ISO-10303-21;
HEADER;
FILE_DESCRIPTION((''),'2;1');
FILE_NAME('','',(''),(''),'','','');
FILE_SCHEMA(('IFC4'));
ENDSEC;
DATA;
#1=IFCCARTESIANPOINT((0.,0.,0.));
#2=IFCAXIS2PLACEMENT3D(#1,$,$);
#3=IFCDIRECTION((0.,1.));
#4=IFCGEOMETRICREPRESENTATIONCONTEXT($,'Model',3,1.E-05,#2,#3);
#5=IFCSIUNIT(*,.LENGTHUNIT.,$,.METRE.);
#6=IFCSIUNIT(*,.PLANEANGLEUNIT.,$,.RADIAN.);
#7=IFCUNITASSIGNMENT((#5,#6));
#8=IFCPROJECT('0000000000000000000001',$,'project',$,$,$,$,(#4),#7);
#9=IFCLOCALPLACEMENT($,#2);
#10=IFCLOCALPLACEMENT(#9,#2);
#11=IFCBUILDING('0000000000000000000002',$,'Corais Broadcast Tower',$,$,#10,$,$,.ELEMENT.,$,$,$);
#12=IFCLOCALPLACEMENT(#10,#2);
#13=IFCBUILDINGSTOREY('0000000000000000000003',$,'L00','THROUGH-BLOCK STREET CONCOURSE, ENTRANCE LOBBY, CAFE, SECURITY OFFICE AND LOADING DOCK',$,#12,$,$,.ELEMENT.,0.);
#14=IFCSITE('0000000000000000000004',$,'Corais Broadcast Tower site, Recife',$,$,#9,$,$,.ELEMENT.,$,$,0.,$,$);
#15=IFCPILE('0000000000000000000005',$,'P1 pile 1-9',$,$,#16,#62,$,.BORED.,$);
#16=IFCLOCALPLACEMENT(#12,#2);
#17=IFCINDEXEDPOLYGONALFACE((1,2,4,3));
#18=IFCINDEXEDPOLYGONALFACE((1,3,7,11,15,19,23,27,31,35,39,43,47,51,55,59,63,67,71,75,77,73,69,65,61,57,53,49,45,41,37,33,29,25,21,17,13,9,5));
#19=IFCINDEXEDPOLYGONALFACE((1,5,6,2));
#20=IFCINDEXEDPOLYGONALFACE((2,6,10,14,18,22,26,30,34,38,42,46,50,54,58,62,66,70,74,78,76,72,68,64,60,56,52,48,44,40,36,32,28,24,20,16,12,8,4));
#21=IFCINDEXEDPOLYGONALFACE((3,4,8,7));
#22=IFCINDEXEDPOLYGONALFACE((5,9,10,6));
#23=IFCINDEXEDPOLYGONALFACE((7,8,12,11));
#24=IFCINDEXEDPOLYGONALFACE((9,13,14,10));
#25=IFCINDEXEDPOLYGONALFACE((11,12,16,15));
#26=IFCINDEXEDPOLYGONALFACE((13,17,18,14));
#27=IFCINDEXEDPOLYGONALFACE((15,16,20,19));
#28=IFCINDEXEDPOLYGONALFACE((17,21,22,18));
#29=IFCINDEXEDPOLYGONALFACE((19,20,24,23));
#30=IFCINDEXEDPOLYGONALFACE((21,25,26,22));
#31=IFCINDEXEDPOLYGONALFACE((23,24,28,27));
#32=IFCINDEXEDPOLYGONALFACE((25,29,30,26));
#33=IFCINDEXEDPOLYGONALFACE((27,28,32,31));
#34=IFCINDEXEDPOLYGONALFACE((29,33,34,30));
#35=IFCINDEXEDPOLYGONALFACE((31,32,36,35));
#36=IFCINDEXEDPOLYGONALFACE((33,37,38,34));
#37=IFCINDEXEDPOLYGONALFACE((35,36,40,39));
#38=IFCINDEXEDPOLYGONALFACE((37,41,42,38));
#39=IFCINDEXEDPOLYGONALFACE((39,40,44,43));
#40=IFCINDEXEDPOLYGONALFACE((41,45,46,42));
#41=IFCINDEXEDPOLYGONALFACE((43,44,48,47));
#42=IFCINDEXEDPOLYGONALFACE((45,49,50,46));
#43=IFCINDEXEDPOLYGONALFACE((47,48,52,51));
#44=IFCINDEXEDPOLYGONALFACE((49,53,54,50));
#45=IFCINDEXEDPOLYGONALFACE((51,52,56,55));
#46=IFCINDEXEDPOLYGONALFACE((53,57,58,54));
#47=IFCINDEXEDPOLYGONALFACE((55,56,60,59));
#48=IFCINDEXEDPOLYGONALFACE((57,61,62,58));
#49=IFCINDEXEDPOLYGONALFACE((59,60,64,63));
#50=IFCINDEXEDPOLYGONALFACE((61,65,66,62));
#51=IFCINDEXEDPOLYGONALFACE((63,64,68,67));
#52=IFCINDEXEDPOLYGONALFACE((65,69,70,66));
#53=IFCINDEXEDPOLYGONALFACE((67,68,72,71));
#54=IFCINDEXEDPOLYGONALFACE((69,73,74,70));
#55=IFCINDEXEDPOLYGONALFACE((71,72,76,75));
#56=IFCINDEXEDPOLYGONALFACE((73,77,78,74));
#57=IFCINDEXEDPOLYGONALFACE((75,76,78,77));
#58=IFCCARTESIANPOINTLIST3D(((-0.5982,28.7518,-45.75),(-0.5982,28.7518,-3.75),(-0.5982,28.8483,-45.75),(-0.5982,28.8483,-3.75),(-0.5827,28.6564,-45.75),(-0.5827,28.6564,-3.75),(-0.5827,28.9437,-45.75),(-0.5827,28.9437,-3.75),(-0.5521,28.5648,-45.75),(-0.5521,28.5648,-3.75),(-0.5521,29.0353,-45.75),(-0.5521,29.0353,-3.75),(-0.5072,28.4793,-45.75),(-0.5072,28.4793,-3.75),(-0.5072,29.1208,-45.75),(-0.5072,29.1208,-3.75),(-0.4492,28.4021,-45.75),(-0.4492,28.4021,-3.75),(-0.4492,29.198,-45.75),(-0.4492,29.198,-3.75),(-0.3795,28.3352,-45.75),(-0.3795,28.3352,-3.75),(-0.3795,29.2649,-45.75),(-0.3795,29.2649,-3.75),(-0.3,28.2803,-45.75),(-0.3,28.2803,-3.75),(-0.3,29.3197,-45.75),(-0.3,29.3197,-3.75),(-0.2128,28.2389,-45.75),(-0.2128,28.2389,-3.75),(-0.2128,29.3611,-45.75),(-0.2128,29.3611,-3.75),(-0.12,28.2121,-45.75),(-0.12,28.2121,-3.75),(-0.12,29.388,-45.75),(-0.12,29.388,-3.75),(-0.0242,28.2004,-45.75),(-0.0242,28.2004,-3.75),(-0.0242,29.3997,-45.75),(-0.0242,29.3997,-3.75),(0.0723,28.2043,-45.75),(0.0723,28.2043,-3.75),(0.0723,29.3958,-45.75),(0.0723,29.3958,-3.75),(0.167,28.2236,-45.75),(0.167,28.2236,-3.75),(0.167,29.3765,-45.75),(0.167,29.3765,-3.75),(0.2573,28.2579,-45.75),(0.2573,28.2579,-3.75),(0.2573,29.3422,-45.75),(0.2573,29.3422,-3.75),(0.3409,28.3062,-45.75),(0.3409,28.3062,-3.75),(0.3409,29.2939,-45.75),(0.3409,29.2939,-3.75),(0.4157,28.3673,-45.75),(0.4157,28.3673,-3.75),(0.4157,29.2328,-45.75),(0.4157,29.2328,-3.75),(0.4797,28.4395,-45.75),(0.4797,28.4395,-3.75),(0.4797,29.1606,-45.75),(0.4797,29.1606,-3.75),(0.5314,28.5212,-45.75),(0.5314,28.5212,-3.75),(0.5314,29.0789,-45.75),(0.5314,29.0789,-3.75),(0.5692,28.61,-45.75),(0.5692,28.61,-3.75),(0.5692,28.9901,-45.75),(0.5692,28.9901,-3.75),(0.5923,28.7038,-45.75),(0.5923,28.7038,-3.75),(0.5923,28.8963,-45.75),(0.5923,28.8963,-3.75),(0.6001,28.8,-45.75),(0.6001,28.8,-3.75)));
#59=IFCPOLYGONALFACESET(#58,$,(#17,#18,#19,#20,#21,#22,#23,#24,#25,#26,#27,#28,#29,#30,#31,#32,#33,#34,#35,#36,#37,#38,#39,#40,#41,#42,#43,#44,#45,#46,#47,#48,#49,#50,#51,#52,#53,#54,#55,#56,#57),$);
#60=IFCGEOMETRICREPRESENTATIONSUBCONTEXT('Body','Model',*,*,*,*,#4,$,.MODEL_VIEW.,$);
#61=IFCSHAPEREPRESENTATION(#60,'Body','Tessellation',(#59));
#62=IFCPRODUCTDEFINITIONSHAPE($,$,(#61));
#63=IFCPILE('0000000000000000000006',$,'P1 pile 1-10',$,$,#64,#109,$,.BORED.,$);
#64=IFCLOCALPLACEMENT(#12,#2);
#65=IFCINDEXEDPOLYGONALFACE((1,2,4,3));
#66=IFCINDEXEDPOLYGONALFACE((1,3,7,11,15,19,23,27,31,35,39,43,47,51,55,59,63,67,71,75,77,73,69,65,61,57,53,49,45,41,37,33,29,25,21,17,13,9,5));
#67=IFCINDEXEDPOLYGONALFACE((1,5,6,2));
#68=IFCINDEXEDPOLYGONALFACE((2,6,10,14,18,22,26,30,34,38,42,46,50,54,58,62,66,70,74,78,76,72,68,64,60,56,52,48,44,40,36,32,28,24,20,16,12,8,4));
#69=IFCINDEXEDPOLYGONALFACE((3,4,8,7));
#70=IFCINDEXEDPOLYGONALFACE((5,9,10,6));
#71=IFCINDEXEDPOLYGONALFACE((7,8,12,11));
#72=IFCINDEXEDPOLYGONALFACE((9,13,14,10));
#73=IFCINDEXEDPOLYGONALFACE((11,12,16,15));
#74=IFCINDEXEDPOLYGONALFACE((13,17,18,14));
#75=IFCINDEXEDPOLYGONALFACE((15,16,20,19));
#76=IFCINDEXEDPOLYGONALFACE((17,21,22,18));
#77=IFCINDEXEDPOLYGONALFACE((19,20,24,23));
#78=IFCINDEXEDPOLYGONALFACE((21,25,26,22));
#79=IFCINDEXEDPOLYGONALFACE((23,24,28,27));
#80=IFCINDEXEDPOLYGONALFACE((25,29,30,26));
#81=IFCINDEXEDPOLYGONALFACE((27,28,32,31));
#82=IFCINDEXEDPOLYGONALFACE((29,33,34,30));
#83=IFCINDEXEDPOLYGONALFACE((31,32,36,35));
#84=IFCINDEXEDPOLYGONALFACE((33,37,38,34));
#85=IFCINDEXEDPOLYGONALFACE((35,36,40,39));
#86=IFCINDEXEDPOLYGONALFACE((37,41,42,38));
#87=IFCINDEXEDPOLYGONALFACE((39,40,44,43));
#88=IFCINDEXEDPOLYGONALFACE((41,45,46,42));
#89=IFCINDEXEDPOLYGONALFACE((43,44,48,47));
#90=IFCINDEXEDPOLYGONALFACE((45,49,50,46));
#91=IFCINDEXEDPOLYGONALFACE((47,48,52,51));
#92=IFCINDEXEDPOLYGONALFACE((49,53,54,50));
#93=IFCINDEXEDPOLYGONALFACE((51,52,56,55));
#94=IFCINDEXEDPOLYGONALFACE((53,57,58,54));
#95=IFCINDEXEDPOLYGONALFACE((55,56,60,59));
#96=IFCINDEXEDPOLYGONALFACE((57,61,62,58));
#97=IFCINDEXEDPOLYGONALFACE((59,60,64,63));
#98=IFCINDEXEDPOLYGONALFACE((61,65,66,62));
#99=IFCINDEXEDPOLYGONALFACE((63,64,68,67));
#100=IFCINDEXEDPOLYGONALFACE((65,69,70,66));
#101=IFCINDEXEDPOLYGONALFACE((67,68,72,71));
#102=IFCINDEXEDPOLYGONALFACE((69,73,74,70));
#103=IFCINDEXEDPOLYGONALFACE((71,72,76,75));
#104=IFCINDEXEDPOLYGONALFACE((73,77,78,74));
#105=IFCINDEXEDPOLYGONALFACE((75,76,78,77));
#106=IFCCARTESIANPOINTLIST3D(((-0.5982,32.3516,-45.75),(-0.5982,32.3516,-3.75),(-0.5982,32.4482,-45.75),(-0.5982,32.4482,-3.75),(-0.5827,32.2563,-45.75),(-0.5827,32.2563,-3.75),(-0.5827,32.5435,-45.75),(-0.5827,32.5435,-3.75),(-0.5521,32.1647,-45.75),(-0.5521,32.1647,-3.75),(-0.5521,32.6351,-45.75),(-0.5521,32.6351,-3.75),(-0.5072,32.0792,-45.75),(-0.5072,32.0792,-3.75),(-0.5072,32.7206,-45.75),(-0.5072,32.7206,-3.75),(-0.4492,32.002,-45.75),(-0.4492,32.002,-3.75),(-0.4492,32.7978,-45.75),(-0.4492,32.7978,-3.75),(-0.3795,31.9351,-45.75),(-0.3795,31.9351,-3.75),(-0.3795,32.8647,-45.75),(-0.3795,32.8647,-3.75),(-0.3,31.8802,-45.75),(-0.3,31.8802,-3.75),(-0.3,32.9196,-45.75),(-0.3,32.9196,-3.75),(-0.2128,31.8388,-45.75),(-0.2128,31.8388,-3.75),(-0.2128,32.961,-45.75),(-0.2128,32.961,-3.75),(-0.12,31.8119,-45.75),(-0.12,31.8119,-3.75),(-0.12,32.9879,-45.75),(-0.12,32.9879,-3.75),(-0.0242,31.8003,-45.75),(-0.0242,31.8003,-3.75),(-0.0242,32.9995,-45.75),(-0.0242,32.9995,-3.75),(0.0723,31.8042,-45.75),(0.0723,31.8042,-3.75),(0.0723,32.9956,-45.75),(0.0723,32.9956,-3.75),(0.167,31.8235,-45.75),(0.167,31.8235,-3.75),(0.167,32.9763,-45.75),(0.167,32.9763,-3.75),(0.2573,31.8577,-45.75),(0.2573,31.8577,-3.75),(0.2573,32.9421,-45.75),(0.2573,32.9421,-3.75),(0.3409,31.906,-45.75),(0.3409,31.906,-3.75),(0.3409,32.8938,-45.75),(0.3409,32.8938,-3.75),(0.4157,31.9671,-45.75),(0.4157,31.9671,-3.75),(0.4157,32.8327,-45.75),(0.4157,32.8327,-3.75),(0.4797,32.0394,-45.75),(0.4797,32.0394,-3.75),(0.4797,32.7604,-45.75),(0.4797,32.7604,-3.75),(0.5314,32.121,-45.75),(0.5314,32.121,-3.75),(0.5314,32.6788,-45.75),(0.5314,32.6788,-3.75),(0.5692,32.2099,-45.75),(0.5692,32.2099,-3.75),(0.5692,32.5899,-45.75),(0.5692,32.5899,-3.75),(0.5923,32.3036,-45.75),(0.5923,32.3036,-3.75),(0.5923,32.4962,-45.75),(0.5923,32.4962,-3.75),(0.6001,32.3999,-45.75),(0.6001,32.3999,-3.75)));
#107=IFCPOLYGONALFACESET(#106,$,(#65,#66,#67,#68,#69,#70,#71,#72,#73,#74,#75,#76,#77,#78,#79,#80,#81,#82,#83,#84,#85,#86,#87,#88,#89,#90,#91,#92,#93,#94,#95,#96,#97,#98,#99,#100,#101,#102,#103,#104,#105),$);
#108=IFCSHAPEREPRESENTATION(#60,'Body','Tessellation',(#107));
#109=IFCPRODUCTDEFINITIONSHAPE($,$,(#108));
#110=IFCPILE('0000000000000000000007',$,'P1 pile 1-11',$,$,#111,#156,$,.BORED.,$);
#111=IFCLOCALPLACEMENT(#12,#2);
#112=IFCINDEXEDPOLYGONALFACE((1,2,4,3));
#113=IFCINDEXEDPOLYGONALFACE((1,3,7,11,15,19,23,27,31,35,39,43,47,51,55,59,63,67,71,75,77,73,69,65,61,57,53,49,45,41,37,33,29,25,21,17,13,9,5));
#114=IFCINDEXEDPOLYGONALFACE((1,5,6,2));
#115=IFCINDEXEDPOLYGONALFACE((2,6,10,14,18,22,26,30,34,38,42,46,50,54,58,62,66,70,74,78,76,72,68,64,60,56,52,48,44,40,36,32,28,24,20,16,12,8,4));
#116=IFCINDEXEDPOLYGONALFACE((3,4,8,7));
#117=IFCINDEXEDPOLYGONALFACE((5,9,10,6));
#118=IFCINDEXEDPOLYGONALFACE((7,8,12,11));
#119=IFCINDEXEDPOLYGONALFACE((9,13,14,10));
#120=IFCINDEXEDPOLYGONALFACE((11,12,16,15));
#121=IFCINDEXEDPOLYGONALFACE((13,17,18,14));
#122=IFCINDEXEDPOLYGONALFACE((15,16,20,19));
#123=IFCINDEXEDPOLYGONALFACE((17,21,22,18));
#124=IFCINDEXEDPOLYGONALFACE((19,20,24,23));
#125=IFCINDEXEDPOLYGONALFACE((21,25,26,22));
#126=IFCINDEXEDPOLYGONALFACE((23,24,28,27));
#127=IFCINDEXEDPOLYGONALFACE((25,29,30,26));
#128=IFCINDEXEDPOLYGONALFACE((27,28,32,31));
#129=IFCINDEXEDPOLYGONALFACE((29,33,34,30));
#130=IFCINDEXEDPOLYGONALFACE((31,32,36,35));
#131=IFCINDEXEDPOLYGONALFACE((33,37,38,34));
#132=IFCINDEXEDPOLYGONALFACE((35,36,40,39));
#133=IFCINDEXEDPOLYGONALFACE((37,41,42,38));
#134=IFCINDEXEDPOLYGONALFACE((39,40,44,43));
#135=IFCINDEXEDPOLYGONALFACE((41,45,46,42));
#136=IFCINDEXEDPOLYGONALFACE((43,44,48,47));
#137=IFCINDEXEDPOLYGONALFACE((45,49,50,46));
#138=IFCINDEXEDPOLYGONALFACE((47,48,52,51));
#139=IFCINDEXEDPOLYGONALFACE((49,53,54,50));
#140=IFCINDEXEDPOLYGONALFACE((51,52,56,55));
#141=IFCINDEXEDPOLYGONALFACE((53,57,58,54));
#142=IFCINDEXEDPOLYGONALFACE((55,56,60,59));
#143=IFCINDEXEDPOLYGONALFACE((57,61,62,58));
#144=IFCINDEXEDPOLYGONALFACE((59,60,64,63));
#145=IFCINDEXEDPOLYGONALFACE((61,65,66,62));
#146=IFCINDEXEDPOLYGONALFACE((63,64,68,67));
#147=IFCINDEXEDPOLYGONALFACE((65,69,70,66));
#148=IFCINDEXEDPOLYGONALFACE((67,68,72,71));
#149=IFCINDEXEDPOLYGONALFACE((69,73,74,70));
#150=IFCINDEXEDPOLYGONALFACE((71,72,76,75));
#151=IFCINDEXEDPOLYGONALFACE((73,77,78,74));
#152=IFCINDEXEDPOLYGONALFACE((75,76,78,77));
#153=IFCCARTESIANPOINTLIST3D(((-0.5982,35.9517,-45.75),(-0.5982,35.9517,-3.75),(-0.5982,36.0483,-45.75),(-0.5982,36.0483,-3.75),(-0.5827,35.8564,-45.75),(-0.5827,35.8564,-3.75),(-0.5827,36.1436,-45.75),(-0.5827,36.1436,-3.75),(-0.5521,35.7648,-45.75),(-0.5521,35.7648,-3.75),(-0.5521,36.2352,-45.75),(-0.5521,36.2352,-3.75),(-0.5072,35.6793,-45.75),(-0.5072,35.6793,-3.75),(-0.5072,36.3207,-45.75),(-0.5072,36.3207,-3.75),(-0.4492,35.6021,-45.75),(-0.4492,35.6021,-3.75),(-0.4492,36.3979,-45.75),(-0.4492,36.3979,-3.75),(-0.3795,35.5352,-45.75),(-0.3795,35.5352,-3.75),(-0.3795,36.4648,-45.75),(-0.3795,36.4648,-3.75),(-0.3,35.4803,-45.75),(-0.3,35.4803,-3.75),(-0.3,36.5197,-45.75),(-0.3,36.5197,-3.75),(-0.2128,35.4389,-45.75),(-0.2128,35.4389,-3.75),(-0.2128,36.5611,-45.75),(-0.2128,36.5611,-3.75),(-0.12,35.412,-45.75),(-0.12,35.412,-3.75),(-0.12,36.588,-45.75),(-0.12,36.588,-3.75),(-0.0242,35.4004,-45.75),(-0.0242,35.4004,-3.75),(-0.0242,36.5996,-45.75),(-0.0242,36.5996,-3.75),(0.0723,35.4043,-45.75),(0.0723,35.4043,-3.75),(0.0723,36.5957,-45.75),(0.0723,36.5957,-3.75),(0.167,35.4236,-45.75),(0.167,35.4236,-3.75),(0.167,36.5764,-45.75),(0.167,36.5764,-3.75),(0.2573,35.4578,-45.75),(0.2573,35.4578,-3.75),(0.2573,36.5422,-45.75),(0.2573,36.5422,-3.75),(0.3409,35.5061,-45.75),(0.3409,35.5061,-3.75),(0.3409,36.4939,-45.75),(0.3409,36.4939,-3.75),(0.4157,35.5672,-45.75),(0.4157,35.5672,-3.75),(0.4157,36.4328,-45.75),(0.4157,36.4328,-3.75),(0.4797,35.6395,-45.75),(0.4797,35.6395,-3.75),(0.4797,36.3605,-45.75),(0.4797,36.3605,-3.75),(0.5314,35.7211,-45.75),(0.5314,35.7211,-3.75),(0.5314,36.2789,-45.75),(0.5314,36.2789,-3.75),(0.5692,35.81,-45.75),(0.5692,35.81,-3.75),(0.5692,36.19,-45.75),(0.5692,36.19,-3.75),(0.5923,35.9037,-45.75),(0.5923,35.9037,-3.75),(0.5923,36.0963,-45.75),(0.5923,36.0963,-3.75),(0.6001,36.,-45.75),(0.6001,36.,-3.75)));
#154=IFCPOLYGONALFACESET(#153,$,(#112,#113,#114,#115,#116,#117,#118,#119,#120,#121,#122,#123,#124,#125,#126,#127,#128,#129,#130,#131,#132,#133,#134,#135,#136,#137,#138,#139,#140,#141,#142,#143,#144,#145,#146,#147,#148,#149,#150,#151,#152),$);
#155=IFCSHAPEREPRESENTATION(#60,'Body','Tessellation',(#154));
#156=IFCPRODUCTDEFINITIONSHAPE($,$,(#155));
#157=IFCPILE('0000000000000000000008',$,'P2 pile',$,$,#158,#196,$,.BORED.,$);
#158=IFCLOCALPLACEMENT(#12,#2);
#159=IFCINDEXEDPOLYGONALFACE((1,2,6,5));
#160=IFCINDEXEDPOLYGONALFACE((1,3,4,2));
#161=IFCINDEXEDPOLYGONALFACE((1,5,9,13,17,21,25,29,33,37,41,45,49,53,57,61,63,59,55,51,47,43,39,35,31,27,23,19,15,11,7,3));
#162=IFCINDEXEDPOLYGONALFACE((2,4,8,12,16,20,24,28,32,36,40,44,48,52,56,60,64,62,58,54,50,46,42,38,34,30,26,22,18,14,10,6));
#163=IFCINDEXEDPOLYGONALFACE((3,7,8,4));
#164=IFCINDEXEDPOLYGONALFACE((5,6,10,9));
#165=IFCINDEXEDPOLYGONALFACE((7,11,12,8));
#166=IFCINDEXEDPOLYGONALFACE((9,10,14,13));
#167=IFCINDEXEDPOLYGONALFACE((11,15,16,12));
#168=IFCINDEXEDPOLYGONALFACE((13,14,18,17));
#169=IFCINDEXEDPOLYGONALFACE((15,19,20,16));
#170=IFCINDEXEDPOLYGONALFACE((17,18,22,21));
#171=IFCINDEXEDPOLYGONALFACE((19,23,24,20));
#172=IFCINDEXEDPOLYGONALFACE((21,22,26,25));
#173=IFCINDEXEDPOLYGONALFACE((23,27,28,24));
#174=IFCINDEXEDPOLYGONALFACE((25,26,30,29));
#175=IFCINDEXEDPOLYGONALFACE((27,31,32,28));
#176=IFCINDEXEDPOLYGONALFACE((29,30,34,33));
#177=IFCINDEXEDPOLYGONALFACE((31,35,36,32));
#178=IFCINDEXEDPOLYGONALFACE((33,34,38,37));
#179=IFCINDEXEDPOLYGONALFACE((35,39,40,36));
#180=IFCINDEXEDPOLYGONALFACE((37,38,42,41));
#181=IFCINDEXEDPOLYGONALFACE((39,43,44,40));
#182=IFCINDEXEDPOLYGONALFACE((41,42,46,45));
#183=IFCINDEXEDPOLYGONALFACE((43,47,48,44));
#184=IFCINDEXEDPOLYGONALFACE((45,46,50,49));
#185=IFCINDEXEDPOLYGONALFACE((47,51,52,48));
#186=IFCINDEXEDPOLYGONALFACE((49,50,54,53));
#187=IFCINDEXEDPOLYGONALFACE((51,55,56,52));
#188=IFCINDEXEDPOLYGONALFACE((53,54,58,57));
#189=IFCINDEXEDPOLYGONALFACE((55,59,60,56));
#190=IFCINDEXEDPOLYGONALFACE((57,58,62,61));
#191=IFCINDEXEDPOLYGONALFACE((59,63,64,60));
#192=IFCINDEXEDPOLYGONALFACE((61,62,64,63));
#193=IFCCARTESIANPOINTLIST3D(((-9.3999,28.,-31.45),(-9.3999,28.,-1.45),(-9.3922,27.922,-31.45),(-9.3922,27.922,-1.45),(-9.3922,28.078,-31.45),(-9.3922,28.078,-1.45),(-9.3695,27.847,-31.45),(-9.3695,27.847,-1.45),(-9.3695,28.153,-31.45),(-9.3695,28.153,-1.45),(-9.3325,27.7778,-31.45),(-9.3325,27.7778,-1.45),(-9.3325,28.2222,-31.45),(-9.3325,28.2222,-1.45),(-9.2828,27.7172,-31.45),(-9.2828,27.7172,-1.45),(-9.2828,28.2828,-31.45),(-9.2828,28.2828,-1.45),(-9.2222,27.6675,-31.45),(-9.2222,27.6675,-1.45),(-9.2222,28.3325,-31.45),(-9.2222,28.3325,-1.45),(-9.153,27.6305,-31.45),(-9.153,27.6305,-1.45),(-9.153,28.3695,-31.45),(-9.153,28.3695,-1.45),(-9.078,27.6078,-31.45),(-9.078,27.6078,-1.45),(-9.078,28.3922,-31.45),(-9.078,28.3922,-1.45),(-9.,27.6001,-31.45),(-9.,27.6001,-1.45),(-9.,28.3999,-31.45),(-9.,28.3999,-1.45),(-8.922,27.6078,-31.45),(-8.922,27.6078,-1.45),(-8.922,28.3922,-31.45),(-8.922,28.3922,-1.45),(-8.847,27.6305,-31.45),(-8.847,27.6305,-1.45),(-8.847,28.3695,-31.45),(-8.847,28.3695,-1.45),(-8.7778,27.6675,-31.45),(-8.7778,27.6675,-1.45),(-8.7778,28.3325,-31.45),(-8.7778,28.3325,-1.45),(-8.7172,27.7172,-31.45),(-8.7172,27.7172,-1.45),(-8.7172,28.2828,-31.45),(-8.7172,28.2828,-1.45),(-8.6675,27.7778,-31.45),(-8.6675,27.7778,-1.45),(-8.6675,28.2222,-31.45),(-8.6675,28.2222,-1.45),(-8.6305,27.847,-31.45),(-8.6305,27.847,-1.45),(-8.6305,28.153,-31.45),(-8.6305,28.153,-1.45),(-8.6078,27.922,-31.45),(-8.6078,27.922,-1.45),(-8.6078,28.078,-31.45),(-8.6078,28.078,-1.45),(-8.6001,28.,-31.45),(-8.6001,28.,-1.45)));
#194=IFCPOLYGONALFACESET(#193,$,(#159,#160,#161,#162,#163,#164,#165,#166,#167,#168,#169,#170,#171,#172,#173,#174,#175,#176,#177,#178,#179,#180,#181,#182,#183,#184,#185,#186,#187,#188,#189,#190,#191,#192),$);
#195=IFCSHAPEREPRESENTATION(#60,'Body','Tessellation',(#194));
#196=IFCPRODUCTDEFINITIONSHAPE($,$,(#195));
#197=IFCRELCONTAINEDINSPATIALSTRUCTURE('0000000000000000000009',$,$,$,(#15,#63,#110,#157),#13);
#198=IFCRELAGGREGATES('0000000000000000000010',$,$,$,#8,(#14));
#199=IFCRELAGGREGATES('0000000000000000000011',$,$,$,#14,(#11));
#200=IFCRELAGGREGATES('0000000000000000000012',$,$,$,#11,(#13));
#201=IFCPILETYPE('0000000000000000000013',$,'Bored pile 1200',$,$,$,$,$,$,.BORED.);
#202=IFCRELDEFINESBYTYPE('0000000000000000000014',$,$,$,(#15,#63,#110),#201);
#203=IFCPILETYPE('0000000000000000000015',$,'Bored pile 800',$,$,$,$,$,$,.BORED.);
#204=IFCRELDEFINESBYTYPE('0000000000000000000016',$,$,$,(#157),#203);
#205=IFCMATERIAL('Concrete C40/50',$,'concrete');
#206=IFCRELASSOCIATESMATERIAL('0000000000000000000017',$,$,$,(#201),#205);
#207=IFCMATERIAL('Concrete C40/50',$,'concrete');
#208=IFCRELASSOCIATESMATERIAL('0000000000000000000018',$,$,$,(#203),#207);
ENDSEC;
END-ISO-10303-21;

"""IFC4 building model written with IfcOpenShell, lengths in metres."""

from ifc_helpers import new_model, si_unit, direction, frame, origin, origin_2d, place, context, subcontext, project, spatial, circle, extrude, material, type_object, element, save


model = new_model("IFC4")

# Units and contexts
model_context = context("Model", 3, precision=1e-05, world=origin(), true_north=direction((0.0, 1.0)))
body_context = subcontext(model_context, "Body", "Model", "MODEL_VIEW")
ifc_project = project(units=[si_unit("LENGTHUNIT", "METRE"), si_unit("PLANEANGLEUNIT", "RADIAN")], contexts=[model_context])

# Site, building, storey
site_placement = place(None, origin())
site = spatial("IfcSite", under=ifc_project, at=site_placement, Name="Corais Broadcast Tower site, Recife", CompositionType="ELEMENT", RefElevation=0.0)
building_placement = place(site_placement, origin())
building = spatial("IfcBuilding", under=site, at=building_placement, Name="Corais Broadcast Tower", CompositionType="ELEMENT")
storey_placement = place(building_placement, origin())
storey = spatial("IfcBuildingStorey", under=building, at=storey_placement, Name="L00", Description="THROUGH-BLOCK STREET CONCOURSE, ENTRANCE LOBBY, CAFE, SECURITY OFFICE AND LOADING DOCK", CompositionType="ELEMENT", Elevation=0.0)

# Piles
ifc_material_1 = material(Name="Concrete C40/50", Category="concrete")
pile_type_1 = type_object("IfcPileType", Name="Bored pile 1200", PredefinedType="BORED", material=ifc_material_1)
for number, where, z_axis, x_axis, name in (
    (1, (0.0, 28.8, -3.75), (0.0, 0.0, -1.0), (1.0, 0.0, 0.0), "P1 pile 1-9"),
    (2, (0.0, 32.3999, -3.75), (0.0, 0.0, -1.0), (1.0, 0.0, 0.0), "P1 pile 1-10"),
    (3, (0.0, 36.0, -3.75), (0.0, 0.0, -1.0), (1.0, 0.0, 0.0), "P1 pile 1-11"),
):
    element("IfcPile", number, at=place(storey_placement, frame(where, z_axis=z_axis, x_axis=x_axis)), inside=storey, type_object=pile_type_1, Name=name, PredefinedType="BORED", context=body_context, shape_type="SweptSolid", body=[
        extrude(circle(Radius=0.6001, at=origin_2d()), origin(), (0.0, 0.0, 1.0), 42.0),
    ])
ifc_material_2 = material(Name="Concrete C40/50", Category="concrete")
pile_type_2 = type_object("IfcPileType", Name="Bored pile 800", PredefinedType="BORED", material=ifc_material_2)
for number, where, z_axis, x_axis, name in (
    (4, (-9.0, 28.0, -1.45), (0.0, 0.0, -1.0), (1.0, 0.0, 0.0), "P2 pile"),
):
    element("IfcPile", number, at=place(storey_placement, frame(where, z_axis=z_axis, x_axis=x_axis)), inside=storey, type_object=pile_type_2, Name=name, PredefinedType="BORED", context=body_context, shape_type="SweptSolid", body=[
        extrude(circle(Radius=0.3999, at=origin_2d()), origin(), (0.0, 0.0, 1.0), 30.0),
    ])

save(model, "model.ifc")
